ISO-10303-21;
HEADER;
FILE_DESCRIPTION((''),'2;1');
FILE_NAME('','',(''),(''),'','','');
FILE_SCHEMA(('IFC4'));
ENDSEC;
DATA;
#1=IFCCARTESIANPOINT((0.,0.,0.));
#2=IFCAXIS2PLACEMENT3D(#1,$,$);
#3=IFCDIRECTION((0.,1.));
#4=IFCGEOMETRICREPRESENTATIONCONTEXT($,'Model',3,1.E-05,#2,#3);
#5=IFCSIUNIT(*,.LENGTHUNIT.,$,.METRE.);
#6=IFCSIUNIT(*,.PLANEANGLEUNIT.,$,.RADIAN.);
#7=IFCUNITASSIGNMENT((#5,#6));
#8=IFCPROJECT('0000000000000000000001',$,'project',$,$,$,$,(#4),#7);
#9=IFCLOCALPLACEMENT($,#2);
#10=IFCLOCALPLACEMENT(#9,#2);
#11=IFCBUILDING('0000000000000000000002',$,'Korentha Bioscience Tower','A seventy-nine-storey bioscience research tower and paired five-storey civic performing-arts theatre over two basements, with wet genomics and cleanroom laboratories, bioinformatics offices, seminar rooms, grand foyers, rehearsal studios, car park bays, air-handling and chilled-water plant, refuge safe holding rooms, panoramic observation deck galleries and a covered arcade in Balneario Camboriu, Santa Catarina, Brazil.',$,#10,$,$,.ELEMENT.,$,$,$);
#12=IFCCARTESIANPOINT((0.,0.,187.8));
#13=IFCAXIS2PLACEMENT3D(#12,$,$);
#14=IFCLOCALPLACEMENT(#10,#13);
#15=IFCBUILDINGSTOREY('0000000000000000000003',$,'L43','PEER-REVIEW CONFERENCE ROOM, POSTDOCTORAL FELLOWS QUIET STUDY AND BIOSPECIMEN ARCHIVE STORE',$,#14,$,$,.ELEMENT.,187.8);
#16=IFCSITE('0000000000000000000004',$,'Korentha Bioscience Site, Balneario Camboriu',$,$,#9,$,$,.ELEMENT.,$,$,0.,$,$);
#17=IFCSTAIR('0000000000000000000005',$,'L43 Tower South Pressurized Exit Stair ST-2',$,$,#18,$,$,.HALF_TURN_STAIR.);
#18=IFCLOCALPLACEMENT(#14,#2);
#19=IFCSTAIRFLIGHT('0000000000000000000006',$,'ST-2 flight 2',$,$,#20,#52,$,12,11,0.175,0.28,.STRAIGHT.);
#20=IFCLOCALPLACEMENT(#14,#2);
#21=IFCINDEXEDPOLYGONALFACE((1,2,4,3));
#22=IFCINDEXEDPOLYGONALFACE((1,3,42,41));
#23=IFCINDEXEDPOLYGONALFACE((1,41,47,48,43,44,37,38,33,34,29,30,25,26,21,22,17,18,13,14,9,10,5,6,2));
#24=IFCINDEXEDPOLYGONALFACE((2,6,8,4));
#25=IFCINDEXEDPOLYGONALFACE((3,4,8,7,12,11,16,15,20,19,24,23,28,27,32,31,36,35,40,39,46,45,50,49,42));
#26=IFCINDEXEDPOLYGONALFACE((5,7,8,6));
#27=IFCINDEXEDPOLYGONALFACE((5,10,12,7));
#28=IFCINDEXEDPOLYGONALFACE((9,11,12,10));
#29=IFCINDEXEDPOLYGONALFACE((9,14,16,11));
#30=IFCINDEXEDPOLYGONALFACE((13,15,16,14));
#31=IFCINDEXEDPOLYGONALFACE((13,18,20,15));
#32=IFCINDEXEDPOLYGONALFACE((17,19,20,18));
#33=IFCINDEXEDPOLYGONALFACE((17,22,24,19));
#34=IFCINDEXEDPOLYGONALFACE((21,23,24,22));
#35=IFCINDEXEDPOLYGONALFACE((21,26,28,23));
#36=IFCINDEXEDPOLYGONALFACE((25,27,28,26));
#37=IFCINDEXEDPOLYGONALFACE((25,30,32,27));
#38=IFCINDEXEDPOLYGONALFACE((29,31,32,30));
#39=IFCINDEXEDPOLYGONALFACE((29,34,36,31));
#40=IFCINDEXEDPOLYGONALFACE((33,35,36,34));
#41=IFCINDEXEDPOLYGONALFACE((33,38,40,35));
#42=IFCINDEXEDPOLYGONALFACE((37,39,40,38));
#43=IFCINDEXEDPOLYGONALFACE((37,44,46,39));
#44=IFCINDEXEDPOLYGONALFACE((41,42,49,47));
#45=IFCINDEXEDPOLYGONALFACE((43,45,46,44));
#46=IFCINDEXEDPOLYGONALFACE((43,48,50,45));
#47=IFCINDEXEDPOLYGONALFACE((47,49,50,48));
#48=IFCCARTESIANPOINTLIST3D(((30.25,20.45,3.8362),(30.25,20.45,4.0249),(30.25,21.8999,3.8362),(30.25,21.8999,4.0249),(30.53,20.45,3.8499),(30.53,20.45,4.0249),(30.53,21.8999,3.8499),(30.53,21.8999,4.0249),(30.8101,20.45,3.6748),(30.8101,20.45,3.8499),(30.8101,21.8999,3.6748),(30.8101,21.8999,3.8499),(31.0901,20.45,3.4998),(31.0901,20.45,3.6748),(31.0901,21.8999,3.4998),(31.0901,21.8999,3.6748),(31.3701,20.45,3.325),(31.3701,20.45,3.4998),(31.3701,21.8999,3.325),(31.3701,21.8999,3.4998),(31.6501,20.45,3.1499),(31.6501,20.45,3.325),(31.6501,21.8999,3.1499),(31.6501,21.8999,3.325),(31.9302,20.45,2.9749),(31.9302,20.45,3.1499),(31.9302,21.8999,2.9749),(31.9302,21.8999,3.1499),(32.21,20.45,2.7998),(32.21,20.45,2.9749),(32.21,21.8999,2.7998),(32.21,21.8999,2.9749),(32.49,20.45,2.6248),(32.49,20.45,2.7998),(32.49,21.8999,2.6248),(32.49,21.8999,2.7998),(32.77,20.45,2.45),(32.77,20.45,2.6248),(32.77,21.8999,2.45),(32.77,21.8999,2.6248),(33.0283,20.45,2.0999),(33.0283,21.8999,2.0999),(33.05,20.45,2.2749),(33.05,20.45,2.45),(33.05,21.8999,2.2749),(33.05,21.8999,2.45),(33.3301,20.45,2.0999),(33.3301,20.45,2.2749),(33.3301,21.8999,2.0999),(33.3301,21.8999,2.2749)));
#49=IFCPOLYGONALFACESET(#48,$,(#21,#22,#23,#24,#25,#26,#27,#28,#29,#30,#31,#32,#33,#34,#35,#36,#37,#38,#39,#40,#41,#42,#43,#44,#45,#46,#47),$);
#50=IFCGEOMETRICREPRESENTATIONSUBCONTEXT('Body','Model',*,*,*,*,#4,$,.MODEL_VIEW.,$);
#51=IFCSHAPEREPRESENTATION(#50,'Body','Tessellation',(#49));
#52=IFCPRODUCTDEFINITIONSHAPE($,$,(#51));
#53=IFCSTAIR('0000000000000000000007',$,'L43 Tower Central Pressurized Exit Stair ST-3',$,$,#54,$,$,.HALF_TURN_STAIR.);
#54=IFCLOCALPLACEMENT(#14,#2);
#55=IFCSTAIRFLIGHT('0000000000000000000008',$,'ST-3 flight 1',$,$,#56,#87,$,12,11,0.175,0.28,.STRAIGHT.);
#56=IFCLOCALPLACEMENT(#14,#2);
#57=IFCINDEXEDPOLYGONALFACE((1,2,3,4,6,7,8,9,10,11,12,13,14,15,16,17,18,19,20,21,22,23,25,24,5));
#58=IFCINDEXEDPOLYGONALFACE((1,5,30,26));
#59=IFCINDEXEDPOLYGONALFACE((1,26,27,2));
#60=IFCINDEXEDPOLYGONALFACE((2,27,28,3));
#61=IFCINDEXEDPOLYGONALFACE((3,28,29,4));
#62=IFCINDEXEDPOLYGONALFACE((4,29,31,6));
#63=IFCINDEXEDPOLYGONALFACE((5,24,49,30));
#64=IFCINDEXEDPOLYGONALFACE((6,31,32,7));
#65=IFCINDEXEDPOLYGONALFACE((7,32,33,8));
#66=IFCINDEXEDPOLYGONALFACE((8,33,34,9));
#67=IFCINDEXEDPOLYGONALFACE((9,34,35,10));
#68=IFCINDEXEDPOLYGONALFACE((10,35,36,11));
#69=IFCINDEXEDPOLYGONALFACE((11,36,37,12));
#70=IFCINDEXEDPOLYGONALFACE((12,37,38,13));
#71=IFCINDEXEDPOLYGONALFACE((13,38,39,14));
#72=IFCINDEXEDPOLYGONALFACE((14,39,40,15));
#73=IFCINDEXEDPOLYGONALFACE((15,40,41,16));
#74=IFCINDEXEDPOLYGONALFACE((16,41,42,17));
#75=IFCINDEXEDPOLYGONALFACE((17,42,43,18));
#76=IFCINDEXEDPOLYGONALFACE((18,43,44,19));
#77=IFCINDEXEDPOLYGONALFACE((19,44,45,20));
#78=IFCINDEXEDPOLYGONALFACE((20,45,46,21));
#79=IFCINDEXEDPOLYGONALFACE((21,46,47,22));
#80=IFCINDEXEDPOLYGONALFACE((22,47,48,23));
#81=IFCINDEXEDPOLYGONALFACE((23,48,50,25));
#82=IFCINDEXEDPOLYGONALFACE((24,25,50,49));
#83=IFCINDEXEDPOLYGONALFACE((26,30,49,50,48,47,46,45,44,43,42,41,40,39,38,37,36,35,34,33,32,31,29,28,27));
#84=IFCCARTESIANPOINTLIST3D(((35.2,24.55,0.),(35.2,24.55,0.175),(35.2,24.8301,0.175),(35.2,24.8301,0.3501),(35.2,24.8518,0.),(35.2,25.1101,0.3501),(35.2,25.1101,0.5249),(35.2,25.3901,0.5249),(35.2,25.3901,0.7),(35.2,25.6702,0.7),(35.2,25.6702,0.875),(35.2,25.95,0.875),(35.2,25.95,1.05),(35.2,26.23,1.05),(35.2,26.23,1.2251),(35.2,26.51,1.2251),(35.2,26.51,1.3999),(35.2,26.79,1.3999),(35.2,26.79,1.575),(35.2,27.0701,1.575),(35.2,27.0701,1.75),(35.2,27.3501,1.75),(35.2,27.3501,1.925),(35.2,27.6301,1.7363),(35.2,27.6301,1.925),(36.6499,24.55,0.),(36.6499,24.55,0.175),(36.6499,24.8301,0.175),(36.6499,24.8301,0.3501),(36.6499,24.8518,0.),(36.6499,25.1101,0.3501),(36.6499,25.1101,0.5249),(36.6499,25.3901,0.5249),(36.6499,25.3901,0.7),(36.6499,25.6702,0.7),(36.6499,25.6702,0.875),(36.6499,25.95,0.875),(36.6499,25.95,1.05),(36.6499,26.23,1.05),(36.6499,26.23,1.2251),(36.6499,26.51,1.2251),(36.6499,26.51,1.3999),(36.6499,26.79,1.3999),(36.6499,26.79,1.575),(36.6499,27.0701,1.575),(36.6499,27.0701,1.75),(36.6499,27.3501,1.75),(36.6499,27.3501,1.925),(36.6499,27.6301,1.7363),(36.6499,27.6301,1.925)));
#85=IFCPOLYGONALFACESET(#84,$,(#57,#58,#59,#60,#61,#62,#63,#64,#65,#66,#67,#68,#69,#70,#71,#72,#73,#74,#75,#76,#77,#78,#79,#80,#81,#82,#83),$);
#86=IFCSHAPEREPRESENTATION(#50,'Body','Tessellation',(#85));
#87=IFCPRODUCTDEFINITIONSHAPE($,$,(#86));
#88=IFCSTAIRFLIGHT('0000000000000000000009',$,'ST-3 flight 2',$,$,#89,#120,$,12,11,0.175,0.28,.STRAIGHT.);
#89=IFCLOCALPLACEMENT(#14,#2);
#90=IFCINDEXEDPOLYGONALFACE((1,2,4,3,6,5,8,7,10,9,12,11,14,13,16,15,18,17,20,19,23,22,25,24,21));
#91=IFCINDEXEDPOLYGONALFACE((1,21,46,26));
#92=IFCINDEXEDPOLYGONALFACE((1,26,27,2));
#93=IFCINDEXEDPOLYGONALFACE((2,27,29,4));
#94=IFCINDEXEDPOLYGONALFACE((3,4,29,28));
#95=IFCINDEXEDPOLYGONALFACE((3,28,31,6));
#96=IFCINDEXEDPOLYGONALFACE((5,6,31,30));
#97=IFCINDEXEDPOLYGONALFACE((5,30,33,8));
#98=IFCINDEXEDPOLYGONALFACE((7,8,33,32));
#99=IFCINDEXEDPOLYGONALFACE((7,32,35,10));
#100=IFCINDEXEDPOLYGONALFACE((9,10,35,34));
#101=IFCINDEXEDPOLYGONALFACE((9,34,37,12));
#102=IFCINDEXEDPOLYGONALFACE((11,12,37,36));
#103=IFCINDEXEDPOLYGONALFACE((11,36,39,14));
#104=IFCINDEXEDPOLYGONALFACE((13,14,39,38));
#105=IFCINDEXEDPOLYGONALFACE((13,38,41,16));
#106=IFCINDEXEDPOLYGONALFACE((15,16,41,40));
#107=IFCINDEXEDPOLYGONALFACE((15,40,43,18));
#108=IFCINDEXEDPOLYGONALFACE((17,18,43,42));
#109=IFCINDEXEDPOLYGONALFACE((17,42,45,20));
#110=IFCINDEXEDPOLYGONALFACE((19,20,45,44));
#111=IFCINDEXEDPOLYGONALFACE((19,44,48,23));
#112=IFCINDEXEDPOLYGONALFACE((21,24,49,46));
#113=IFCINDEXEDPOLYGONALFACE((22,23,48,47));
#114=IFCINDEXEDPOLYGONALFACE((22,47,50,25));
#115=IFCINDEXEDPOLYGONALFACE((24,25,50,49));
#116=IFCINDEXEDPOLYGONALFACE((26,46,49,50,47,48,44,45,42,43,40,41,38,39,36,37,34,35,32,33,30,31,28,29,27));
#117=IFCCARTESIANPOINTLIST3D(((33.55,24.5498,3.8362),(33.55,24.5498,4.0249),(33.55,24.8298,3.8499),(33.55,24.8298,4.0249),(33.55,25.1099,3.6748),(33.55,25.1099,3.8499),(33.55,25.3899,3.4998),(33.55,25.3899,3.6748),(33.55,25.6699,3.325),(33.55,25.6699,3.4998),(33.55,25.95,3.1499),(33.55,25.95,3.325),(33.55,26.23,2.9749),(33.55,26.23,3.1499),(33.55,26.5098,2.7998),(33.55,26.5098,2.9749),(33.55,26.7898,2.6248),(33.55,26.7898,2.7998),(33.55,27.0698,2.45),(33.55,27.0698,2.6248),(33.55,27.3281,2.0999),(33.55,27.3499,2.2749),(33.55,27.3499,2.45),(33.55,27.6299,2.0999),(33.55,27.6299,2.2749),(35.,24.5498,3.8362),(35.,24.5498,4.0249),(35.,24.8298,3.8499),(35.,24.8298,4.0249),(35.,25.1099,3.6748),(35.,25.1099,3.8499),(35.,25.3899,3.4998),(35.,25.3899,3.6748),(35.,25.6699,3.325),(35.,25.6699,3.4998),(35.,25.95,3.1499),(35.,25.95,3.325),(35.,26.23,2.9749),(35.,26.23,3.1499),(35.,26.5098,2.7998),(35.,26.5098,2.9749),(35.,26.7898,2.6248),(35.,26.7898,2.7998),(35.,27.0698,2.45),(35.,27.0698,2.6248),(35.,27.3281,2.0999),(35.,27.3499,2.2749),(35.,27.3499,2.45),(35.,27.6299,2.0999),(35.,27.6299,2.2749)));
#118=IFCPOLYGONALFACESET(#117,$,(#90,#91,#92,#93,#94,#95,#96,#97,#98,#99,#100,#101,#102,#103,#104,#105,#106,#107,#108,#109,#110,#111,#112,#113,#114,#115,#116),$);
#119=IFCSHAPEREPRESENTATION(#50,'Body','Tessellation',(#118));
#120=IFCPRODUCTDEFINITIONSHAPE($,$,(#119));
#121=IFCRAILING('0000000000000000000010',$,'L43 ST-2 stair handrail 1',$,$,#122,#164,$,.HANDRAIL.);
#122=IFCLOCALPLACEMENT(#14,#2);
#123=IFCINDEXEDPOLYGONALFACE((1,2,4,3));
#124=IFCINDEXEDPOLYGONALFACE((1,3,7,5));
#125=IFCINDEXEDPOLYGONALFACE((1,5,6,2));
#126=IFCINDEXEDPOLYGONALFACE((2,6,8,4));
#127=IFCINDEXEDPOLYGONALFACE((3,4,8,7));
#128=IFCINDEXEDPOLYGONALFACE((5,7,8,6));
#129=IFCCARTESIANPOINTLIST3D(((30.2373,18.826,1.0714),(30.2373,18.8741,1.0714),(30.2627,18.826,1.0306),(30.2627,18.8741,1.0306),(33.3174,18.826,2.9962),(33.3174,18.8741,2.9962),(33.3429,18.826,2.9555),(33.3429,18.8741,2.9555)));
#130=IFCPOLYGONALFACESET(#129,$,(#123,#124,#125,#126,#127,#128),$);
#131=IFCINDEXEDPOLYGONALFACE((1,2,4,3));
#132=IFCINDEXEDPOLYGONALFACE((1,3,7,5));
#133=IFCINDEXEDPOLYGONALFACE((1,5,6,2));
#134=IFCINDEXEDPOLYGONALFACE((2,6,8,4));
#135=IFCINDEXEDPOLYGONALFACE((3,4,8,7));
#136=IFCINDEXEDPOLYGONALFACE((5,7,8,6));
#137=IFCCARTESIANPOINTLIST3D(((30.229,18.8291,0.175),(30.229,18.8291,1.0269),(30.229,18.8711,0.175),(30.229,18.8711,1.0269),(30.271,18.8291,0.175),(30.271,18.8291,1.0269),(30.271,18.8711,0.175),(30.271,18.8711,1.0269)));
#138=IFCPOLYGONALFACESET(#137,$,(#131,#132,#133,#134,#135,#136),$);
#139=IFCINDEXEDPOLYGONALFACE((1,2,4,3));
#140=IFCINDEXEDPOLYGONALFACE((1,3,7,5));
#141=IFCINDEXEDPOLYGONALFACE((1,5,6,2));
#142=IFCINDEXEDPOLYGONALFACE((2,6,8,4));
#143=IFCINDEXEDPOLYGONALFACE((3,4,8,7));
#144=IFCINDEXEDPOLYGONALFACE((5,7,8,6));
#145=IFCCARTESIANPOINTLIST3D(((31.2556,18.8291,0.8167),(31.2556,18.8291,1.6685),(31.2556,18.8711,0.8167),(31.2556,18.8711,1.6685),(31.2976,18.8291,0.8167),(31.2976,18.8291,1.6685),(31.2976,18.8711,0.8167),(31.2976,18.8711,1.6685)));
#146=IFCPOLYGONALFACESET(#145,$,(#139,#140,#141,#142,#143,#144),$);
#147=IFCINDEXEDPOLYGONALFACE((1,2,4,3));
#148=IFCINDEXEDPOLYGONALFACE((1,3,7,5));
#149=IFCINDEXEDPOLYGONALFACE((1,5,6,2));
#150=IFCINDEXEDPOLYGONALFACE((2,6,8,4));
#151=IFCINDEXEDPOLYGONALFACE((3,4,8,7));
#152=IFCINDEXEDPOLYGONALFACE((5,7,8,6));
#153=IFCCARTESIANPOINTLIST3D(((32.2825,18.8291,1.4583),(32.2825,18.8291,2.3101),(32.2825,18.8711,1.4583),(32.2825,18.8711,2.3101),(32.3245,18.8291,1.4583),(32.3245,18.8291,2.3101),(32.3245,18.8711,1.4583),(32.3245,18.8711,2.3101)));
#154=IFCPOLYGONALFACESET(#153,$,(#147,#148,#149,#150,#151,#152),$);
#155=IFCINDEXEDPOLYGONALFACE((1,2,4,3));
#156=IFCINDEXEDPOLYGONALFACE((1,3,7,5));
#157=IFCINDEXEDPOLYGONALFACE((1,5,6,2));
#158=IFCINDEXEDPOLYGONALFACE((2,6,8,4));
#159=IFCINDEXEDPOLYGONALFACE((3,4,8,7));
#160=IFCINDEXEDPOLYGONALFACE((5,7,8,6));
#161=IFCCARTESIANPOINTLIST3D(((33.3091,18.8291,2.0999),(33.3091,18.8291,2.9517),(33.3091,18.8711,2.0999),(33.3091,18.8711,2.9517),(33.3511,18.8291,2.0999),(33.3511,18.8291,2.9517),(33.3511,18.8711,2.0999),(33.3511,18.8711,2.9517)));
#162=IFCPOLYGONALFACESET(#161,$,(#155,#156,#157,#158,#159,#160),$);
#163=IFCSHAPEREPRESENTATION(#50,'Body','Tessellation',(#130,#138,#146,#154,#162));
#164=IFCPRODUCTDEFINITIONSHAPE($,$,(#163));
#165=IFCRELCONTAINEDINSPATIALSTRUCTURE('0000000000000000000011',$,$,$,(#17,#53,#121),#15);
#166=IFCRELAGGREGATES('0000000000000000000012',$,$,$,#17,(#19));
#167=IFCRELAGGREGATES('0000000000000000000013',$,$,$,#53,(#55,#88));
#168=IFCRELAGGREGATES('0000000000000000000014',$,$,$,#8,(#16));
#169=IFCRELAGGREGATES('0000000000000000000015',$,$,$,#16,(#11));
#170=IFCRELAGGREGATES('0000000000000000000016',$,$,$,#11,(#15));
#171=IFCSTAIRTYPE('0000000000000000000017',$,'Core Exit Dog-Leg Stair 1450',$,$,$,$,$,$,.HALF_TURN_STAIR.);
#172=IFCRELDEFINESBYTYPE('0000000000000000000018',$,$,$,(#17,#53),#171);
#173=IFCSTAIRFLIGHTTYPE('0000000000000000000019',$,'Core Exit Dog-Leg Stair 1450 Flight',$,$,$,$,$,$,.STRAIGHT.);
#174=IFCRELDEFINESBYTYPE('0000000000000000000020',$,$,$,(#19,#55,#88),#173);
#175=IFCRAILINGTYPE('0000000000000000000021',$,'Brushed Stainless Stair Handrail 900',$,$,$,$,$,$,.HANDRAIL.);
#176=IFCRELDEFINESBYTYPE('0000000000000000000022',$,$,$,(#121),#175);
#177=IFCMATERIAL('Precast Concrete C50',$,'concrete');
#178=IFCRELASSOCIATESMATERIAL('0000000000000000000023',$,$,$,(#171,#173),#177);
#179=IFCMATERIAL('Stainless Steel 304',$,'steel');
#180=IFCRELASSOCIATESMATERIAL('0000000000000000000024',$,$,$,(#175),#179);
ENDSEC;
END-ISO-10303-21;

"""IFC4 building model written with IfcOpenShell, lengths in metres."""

from ifc_helpers import new_model, si_unit, direction, frame, origin, origin_2d, place, context, subcontext, project, spatial, polyline, rectangle, outline, extrude, material, type_object, element, aggregate, save


model = new_model("IFC4")

# Units and contexts
model_context = context("Model", 3, precision=1e-05, world=origin(), true_north=direction((0.0, 1.0)))
body_context = subcontext(model_context, "Body", "Model", "MODEL_VIEW")
ifc_project = project(units=[si_unit("LENGTHUNIT", "METRE"), si_unit("PLANEANGLEUNIT", "RADIAN")], contexts=[model_context])

# Site, building, storey
site_placement = place(None, origin())
site = spatial("IfcSite", under=ifc_project, at=site_placement, Name="Korentha Bioscience Site, Balneario Camboriu", CompositionType="ELEMENT", RefElevation=0.0)
building_placement = place(site_placement, origin())
building = spatial("IfcBuilding", under=site, at=building_placement, Name="Korentha Bioscience Tower", Description="A seventy-nine-storey bioscience research tower and paired five-storey civic performing-arts theatre over two basements, with wet genomics and cleanroom laboratories, bioinformatics offices, seminar rooms, grand foyers, rehearsal studios, car park bays, air-handling and chilled-water plant, refuge safe holding rooms, panoramic observation deck galleries and a covered arcade in Balneario Camboriu, Santa Catarina, Brazil.", CompositionType="ELEMENT")
storey_placement = place(building_placement, frame((0.0, 0.0, 187.8)))
storey = spatial("IfcBuildingStorey", under=building, at=storey_placement, Name="L43", Description="PEER-REVIEW CONFERENCE ROOM, POSTDOCTORAL FELLOWS QUIET STUDY AND BIOSPECIMEN ARCHIVE STORE", CompositionType="ELEMENT", Elevation=187.8)

# Stairs, stair flights
ifc_material_1 = material(Name="Precast Concrete C50", Category="concrete")
stair_type = type_object("IfcStairType", Name="Core Exit Dog-Leg Stair 1450", PredefinedType="HALF_TURN_STAIR", material=ifc_material_1)
stair_1_placement = place(storey_placement, origin())
stair_1 = element("IfcStair", 1, at=stair_1_placement, inside=storey, type_object=stair_type, Name="L43 Tower South Pressurized Exit Stair ST-2", PredefinedType="HALF_TURN_STAIR")
stair_flight_type = type_object("IfcStairFlightType", Name="Core Exit Dog-Leg Stair 1450 Flight", PredefinedType="STRAIGHT", material=ifc_material_1)
stair_flight_1_placement = place(storey_placement, frame((33.3301, 21.175, 2.0999), z_axis=(0.0, 0.0, 1.0), x_axis=(-1.0, 0.0, 0.0)))
stair_flight_1 = element("IfcStairFlight", 2, at=stair_flight_1_placement, type_object=stair_flight_type, Name="ST-2 flight 2", NumberOfRisers=12, NumberOfTreads=11, PredefinedType="STRAIGHT", RiserHeight=0.175, TreadLength=0.28, context=body_context, shape_type="SweptSolid", body=[
    extrude(outline(polyline([(0.0, 0.0), (0.0, 0.175), (0.28, 0.175), (0.28, 0.3501), (0.5601, 0.3501), (0.5601, 0.5249), (0.8401, 0.5249), (0.8401, 0.7), (1.1201, 0.7), (1.1201, 0.875), (1.3999, 0.875), (1.3999, 1.05), (1.6799, 1.05), (1.6799, 1.2251), (1.96, 1.2251), (1.96, 1.3999), (2.24, 1.3999), (2.24, 1.575), (2.52, 1.575), (2.52, 1.75), (2.8, 1.75), (2.8, 1.925), (3.0801, 1.925), (3.0801, 2.1001), (3.0801, 1.7363), (0.3018, 0.0), (0.0, 0.0)])), frame((0.0, 0.7251, 0.0), z_axis=(0.0, -1.0, 0.0), x_axis=(1.0, 0.0, 0.0)), (0.0, 0.0, 1.0), 1.45),
])
aggregate(stair_1, [stair_flight_1])
stair_2_placement = place(storey_placement, origin())
stair_2 = element("IfcStair", 3, at=stair_2_placement, inside=storey, type_object=stair_type, Name="L43 Tower Central Pressurized Exit Stair ST-3", PredefinedType="HALF_TURN_STAIR")
stair_flight_2_placement = place(storey_placement, frame((35.925, 24.55, 0.0), z_axis=(0.0, 0.0, 1.0), x_axis=(0.0, 1.0, 0.0)))
stair_flight_2 = element("IfcStairFlight", 4, at=stair_flight_2_placement, type_object=stair_flight_type, Name="ST-3 flight 1", NumberOfRisers=12, NumberOfTreads=11, PredefinedType="STRAIGHT", RiserHeight=0.175, TreadLength=0.28, context=body_context, shape_type="SweptSolid", body=[
    extrude(outline(polyline([(0.0, 0.0), (0.0, 0.175), (0.28, 0.175), (0.28, 0.3501), (0.5601, 0.3501), (0.5601, 0.5249), (0.8401, 0.5249), (0.8401, 0.7), (1.1201, 0.7), (1.1201, 0.875), (1.3999, 0.875), (1.3999, 1.05), (1.6799, 1.05), (1.6799, 1.2251), (1.96, 1.2251), (1.96, 1.3999), (2.24, 1.3999), (2.24, 1.575), (2.52, 1.575), (2.52, 1.75), (2.8, 1.75), (2.8, 1.925), (3.0801, 1.925), (3.0801, 2.1001), (3.0801, 1.7363), (0.3018, 0.0), (0.0, 0.0)])), frame((0.0, 0.7251, 0.0), z_axis=(0.0, -1.0, 0.0), x_axis=(1.0, 0.0, 0.0)), (0.0, 0.0, 1.0), 1.45),
])
stair_flight_3_placement = place(storey_placement, frame((34.2749, 27.6299, 2.0999), z_axis=(0.0, 0.0, 1.0), x_axis=(0.0, -1.0, 0.0)))
stair_flight_3 = element("IfcStairFlight", 5, at=stair_flight_3_placement, type_object=stair_flight_type, Name="ST-3 flight 2", NumberOfRisers=12, NumberOfTreads=11, PredefinedType="STRAIGHT", RiserHeight=0.175, TreadLength=0.28, context=body_context, shape_type="SweptSolid", body=[
    extrude(outline(polyline([(0.0, 0.0), (0.0, 0.175), (0.28, 0.175), (0.28, 0.3501), (0.5601, 0.3501), (0.5601, 0.5249), (0.8401, 0.5249), (0.8401, 0.7), (1.1201, 0.7), (1.1201, 0.875), (1.3999, 0.875), (1.3999, 1.05), (1.6799, 1.05), (1.6799, 1.2251), (1.96, 1.2251), (1.96, 1.3999), (2.24, 1.3999), (2.24, 1.575), (2.52, 1.575), (2.52, 1.75), (2.8, 1.75), (2.8, 1.925), (3.0801, 1.925), (3.0801, 2.1001), (3.0801, 1.7363), (0.3018, 0.0), (0.0, 0.0)])), frame((0.0, 0.7251, 0.0), z_axis=(0.0, -1.0, 0.0), x_axis=(1.0, 0.0, 0.0)), (0.0, 0.0, 1.0), 1.45),
])
aggregate(stair_2, [stair_flight_2, stair_flight_3])

# Railing
ifc_material_2 = material(Name="Stainless Steel 304", Category="steel")
railing_type_1 = type_object("IfcRailingType", Name="Brushed Stainless Stair Handrail 900", PredefinedType="HANDRAIL", material=ifc_material_2)
railing_1_placement = place(storey_placement, frame((30.25, 18.8501, 0.175)))
element("IfcRailing", 6, at=railing_1_placement, inside=storey, type_object=railing_type_1, Name="L43 ST-2 stair handrail 1", PredefinedType="HANDRAIL", context=body_context, shape_type="SweptSolid", body=[
    extrude(rectangle(XDim=0.0481, YDim=0.0481, at=origin_2d()), frame((0.0, 0.0, 0.876), z_axis=(0.848029, 0.0, 0.529951), x_axis=(0.0, 1.0, 0.0)), (0.0, 0.0, 1.0), 3.6321),
    extrude(rectangle(XDim=0.042, YDim=0.042, at=origin_2d()), origin(), (0.0, 0.0, 1.0), 0.8518),
    extrude(rectangle(XDim=0.042, YDim=0.042, at=origin_2d()), frame((1.0266, 0.0, 0.6416)), (0.0, 0.0, 1.0), 0.8518),
    extrude(rectangle(XDim=0.042, YDim=0.042, at=origin_2d()), frame((2.0535, 0.0, 1.2832)), (0.0, 0.0, 1.0), 0.8518),
    extrude(rectangle(XDim=0.042, YDim=0.042, at=origin_2d()), frame((3.0801, 0.0, 1.9248)), (0.0, 0.0, 1.0), 0.8518),
])

save(model, "model.ifc")
